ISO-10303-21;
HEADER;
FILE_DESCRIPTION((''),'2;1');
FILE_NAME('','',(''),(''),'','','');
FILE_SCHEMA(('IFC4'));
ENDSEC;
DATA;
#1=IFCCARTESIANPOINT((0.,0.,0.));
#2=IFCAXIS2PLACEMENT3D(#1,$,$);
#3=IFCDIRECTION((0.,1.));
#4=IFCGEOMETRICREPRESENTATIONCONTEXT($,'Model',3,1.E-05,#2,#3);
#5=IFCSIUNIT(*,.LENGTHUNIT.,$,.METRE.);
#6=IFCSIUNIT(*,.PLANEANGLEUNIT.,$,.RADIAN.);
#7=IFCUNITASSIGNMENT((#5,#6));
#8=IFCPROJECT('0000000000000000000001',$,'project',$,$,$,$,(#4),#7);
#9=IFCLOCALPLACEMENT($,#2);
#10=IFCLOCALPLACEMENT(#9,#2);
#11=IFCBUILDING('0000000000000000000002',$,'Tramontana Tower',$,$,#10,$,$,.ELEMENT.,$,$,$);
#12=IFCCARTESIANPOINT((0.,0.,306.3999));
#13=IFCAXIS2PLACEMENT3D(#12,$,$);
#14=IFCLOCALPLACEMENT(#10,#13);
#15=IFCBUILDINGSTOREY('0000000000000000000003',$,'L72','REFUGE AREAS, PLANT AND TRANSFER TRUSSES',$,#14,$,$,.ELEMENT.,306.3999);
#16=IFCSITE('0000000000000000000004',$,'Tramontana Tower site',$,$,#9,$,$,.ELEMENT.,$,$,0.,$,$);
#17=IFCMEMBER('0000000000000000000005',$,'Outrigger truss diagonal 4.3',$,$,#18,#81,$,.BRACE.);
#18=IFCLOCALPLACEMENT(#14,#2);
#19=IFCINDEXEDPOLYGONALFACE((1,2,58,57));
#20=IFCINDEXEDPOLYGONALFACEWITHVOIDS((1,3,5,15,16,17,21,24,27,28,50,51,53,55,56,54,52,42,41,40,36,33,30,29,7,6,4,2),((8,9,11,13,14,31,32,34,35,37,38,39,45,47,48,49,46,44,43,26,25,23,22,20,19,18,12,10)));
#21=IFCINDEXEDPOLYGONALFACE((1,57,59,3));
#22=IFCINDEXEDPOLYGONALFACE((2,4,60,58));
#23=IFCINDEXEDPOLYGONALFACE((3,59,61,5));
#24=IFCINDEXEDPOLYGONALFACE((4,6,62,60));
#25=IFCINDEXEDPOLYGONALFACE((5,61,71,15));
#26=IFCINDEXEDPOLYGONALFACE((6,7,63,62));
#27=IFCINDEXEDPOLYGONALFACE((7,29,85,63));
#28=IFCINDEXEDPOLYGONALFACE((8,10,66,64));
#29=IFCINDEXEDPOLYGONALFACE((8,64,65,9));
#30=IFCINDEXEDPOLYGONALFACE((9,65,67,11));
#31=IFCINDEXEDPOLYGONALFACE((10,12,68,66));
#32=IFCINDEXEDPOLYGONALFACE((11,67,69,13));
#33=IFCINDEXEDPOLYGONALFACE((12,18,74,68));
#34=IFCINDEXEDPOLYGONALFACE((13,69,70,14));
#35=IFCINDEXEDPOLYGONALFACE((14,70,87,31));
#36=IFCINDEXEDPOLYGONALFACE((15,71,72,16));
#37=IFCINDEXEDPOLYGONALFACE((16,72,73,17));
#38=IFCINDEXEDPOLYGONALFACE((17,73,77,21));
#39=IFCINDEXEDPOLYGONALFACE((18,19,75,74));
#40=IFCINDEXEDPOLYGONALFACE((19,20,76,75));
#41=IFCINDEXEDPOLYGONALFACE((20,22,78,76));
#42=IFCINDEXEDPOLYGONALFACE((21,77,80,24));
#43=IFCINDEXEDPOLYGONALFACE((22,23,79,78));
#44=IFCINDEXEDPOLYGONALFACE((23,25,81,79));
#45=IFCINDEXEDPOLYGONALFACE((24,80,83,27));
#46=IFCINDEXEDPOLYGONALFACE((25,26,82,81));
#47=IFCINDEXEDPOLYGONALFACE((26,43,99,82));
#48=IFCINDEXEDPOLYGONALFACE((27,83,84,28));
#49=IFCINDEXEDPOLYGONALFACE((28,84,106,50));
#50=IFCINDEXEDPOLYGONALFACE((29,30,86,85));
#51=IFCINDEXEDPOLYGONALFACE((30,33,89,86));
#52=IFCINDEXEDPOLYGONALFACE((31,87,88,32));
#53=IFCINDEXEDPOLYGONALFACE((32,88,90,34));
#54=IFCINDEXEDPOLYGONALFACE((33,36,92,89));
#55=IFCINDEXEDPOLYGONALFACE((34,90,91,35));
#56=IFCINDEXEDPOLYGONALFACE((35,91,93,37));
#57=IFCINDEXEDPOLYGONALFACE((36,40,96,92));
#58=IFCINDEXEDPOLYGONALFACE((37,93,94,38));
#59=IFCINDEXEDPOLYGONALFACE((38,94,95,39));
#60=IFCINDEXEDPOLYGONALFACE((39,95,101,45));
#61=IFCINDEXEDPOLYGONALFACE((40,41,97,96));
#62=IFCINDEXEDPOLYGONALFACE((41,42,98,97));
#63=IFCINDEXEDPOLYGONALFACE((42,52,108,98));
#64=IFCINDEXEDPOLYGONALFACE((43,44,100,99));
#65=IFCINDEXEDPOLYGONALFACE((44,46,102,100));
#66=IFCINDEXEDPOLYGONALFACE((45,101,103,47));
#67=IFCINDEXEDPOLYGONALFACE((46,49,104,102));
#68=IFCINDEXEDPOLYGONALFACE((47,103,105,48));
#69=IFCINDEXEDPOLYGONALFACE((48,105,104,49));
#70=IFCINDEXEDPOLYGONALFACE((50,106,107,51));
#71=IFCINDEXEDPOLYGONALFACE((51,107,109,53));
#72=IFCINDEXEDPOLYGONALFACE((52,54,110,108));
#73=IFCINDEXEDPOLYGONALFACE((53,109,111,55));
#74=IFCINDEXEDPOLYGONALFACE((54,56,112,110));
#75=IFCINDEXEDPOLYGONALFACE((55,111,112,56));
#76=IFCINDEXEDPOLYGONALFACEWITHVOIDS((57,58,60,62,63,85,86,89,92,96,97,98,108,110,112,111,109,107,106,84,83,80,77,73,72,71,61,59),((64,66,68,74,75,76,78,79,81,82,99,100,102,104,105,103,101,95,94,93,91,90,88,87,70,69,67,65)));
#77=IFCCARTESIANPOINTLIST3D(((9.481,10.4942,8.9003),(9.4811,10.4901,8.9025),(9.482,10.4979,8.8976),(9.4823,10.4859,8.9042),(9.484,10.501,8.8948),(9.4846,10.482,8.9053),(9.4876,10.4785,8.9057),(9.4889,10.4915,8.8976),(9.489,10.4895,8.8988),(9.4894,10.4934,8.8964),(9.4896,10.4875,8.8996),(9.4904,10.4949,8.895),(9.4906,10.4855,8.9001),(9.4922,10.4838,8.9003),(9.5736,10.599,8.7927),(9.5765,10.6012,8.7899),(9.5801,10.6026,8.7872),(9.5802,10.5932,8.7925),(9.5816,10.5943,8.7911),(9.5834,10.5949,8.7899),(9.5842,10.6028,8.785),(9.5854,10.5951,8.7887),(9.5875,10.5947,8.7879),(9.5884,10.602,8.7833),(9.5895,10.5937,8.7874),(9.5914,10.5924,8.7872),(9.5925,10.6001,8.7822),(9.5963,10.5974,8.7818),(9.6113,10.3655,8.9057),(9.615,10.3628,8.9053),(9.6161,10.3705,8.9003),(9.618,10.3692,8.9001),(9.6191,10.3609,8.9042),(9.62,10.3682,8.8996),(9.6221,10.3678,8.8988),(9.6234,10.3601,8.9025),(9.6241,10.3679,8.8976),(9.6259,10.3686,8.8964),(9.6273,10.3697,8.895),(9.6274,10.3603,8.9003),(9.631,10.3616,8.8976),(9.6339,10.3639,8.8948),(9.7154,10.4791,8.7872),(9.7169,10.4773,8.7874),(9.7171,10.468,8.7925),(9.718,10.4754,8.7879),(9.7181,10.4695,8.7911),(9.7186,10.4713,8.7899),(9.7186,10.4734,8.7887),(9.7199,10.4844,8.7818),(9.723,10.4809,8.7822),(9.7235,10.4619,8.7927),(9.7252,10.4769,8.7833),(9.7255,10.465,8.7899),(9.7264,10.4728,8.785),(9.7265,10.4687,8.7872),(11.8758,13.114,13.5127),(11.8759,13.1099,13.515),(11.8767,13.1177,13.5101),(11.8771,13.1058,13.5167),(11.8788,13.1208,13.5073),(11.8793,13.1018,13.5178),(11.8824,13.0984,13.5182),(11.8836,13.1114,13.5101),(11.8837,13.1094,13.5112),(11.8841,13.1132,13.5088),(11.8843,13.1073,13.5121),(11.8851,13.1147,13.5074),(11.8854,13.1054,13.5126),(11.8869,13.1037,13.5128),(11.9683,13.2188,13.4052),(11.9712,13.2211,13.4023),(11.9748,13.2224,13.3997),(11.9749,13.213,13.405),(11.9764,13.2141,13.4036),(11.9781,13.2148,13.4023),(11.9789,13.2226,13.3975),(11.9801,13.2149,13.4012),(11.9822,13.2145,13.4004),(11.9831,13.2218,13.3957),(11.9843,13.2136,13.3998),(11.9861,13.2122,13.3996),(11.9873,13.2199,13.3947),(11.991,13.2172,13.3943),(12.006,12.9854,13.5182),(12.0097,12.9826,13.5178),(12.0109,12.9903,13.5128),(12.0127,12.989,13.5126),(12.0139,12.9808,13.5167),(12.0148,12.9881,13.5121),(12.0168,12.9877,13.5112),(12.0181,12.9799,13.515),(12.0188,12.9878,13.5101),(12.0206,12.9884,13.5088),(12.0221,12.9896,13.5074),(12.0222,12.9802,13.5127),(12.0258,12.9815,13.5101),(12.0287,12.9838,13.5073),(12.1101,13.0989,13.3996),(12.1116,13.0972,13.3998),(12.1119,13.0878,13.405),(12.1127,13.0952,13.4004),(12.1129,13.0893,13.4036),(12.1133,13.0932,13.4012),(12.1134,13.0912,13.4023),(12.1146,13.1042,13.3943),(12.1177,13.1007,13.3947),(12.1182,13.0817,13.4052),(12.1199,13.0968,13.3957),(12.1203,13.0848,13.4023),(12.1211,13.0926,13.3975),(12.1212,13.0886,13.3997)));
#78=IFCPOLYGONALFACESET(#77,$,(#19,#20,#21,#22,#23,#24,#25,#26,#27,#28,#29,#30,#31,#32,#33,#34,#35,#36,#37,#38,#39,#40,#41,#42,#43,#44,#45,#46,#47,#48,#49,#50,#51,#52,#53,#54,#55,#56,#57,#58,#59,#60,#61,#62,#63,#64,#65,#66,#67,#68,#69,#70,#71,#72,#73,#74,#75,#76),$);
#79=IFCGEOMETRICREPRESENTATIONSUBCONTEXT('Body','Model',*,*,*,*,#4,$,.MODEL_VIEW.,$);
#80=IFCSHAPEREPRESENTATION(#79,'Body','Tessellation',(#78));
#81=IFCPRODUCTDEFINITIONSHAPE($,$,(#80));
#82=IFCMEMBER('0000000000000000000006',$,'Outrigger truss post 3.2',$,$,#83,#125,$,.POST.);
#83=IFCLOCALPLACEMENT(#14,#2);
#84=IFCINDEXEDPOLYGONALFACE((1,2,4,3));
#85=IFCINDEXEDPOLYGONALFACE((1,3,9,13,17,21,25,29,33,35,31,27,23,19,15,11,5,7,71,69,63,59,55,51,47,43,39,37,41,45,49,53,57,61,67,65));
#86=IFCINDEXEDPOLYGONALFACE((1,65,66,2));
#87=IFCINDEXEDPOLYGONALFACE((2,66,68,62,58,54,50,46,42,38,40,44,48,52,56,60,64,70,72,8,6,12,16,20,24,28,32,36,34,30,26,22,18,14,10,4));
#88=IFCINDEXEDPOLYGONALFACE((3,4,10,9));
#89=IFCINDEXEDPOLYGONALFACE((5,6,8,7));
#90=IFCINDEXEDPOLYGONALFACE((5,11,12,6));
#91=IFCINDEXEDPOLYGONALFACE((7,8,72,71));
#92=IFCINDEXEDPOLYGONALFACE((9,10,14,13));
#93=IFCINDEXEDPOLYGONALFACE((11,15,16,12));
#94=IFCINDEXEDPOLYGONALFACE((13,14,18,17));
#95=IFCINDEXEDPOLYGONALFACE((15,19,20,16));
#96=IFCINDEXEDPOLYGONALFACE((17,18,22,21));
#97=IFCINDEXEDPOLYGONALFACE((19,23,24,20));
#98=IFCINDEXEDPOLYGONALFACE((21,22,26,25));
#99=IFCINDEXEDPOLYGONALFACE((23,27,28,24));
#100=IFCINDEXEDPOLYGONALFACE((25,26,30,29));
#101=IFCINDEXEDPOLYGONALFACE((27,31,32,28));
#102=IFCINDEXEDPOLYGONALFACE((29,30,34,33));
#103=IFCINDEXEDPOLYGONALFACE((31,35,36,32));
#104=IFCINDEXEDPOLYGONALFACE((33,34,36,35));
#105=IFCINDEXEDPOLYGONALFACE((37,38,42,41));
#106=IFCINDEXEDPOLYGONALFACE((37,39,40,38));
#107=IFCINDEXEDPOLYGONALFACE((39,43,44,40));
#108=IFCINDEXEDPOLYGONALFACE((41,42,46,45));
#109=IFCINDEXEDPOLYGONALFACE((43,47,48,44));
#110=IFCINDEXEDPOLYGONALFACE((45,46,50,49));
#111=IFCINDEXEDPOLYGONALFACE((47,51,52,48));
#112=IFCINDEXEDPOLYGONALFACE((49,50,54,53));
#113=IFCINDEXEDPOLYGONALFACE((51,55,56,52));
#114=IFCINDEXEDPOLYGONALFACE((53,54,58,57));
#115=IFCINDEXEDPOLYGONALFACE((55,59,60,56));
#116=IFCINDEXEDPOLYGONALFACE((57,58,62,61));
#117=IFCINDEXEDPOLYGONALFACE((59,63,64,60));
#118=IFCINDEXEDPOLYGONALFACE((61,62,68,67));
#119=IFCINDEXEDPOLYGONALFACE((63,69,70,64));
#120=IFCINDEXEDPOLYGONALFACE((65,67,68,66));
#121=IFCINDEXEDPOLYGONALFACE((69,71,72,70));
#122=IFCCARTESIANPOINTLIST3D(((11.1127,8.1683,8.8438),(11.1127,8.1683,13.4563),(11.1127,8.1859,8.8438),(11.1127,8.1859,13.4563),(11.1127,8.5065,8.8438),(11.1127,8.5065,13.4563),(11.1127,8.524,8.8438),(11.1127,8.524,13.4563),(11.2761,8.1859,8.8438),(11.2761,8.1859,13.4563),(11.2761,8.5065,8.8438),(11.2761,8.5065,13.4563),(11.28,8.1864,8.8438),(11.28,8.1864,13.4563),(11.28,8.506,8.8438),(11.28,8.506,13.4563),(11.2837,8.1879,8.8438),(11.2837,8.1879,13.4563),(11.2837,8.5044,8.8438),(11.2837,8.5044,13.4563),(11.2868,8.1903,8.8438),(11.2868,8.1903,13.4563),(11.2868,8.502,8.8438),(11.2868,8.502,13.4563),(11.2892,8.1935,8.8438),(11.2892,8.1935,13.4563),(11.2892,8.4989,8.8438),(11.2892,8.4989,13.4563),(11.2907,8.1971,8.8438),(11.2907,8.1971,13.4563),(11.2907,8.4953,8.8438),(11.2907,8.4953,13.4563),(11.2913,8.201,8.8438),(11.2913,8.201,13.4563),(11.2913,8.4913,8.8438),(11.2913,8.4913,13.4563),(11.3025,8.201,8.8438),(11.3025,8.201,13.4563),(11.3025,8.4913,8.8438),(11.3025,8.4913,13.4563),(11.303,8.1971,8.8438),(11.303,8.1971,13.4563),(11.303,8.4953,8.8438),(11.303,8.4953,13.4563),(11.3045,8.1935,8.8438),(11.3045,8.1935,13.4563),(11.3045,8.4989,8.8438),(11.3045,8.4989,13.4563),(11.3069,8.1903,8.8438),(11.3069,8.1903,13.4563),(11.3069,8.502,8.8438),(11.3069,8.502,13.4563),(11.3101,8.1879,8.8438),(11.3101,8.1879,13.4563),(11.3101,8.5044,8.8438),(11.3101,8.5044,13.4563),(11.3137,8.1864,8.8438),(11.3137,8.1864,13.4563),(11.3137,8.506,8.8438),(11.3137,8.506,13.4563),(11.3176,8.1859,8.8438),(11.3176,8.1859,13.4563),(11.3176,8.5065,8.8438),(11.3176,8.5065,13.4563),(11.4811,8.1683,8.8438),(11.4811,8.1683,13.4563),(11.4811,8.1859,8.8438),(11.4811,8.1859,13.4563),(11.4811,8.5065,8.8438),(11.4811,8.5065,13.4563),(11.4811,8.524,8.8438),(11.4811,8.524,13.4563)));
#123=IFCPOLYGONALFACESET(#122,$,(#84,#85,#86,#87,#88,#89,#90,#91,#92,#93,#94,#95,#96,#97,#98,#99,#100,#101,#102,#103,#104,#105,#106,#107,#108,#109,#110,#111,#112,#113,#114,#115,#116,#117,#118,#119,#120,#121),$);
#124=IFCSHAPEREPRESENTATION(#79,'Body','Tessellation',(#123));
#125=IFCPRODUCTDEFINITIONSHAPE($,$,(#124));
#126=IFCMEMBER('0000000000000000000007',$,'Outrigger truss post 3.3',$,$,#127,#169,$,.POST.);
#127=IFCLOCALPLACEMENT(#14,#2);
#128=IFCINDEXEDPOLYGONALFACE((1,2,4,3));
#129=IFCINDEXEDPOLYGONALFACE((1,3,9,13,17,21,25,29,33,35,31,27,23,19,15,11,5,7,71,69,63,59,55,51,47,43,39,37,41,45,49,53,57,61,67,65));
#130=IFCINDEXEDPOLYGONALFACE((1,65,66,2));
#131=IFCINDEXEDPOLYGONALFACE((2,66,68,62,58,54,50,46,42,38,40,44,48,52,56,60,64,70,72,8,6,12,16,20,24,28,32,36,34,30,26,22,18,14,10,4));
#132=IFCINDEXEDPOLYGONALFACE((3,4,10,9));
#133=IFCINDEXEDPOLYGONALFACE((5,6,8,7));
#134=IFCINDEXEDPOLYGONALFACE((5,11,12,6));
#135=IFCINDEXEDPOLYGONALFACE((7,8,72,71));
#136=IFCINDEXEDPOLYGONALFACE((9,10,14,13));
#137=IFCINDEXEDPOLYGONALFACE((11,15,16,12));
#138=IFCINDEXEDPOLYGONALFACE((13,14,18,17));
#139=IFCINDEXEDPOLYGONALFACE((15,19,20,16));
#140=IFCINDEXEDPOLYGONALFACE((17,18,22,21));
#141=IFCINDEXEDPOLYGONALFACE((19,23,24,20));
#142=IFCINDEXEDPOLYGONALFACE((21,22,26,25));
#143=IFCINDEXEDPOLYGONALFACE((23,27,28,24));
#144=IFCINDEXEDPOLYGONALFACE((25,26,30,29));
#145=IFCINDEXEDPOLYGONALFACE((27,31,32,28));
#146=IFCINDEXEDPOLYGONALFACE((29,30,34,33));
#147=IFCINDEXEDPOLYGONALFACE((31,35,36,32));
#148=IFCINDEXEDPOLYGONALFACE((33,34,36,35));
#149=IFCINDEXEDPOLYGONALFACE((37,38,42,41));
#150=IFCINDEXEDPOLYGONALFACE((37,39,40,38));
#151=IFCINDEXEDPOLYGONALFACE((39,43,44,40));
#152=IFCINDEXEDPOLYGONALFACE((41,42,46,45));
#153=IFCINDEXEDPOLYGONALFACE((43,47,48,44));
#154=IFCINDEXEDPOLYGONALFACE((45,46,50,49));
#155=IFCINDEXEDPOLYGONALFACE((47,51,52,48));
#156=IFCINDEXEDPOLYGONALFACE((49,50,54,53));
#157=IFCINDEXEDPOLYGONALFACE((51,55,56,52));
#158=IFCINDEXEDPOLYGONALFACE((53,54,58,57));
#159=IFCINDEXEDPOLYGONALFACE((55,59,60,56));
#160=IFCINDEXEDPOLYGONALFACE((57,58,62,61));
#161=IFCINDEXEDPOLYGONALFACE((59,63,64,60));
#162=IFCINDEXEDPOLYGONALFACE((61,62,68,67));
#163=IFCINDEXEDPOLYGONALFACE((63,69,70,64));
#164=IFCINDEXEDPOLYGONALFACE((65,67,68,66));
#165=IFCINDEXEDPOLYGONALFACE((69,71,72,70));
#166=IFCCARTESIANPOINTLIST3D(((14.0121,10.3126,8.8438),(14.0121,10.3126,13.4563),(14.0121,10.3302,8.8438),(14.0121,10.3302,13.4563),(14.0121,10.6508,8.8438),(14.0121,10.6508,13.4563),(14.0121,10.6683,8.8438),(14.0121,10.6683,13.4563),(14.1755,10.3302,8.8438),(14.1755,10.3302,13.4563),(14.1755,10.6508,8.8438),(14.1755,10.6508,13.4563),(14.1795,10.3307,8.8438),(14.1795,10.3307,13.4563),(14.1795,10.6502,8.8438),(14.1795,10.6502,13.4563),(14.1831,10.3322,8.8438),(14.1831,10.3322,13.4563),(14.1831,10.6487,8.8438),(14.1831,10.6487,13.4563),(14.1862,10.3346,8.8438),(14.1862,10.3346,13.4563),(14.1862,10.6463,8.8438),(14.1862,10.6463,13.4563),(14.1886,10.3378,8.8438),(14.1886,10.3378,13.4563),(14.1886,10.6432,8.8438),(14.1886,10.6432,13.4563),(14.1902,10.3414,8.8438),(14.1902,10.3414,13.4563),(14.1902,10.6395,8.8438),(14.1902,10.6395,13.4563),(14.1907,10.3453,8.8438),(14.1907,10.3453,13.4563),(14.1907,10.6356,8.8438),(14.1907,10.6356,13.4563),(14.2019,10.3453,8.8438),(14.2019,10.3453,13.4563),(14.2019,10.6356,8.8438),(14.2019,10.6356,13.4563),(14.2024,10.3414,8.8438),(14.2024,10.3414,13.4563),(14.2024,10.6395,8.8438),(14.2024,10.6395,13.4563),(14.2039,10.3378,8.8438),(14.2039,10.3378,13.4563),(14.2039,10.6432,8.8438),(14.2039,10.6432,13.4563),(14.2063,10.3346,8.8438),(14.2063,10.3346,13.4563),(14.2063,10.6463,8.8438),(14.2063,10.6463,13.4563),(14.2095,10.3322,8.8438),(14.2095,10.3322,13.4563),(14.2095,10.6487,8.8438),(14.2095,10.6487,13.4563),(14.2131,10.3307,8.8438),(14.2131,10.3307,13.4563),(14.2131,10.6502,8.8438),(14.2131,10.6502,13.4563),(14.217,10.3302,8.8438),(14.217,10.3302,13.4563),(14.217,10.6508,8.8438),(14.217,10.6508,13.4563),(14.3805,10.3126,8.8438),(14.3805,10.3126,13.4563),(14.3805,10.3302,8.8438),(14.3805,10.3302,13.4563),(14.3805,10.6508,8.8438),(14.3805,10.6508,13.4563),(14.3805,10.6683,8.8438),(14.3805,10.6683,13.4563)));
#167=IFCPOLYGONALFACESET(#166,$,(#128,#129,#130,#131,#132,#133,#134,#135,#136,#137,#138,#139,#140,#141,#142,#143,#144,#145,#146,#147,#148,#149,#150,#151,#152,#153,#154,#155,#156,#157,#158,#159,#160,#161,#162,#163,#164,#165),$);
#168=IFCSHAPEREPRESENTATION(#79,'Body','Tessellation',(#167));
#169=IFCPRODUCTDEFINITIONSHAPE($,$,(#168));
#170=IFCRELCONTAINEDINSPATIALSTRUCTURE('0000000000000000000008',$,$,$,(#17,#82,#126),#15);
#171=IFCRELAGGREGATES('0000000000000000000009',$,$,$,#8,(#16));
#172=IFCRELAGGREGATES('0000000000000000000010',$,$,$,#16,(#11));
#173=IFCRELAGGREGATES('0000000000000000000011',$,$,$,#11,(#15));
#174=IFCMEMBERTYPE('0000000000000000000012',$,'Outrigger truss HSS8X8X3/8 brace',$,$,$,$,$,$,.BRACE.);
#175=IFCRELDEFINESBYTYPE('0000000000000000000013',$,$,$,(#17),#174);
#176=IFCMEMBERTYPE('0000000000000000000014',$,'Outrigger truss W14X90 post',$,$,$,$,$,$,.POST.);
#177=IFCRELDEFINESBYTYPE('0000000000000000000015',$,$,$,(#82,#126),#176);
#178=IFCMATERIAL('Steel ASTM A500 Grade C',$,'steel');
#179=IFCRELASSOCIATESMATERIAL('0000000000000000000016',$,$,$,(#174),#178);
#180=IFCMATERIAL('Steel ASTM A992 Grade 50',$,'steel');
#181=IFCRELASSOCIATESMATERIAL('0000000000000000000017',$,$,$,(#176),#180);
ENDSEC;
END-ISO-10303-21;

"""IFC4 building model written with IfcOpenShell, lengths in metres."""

from ifc_helpers import new_model, si_unit, direction, frame, origin, origin_2d, place, context, subcontext, project, spatial, hollow_rectangle, i_section, extrude, material, material_profile, profile_set, type_object, element, save


model = new_model("IFC4")

# Units and contexts
model_context = context("Model", 3, precision=1e-05, world=origin(), true_north=direction((0.0, 1.0)))
body_context = subcontext(model_context, "Body", "Model", "MODEL_VIEW")
ifc_project = project(units=[si_unit("LENGTHUNIT", "METRE"), si_unit("PLANEANGLEUNIT", "RADIAN")], contexts=[model_context])

# Site, building, storey
site_placement = place(None, origin())
site = spatial("IfcSite", under=ifc_project, at=site_placement, Name="Tramontana Tower site", CompositionType="ELEMENT", RefElevation=0.0)
building_placement = place(site_placement, origin())
building = spatial("IfcBuilding", under=site, at=building_placement, Name="Tramontana Tower", CompositionType="ELEMENT")
storey_placement = place(building_placement, frame((0.0, 0.0, 306.3999)))
storey = spatial("IfcBuildingStorey", under=building, at=storey_placement, Name="L72", Description="REFUGE AREAS, PLANT AND TRANSFER TRUSSES", CompositionType="ELEMENT", Elevation=306.3999)

# Members
ifc_material_1 = material(Name="Steel ASTM A500 Grade C", Category="steel")
ifc_material_profile_1 = material_profile(ifc_material_1, hollow_rectangle(XDim=0.2031, YDim=0.2031, WallThickness=0.0088, InnerFilletRadius=0.0088, OuterFilletRadius=0.0178, at=origin_2d()), Name="HSS8X8X3/8")
ifc_profile_set_1 = profile_set([ifc_material_profile_1], Name="Steel ASTM A500 Grade C")
member_type_1 = type_object("IfcMemberType", Name="Outrigger truss HSS8X8X3/8 brace", PredefinedType="BRACE", material=ifc_profile_set_1)
member_1_placement = place(storey_placement, frame((9.6038, 10.4814, 8.8438), z_axis=(0.411462, 0.450137, 0.792512), x_axis=(-0.738104, 0.674687, 0.0)))
element("IfcMember", 1, at=member_1_placement, inside=storey, type_object=member_type_1, Name="Outrigger truss diagonal 4.3", PredefinedType="BRACE", context=body_context, shape_type="SweptSolid", body=[
    extrude(hollow_rectangle(XDim=0.2031, YDim=0.2031, WallThickness=0.0088, InnerFilletRadius=0.0088, OuterFilletRadius=0.0178, at=origin_2d()), origin(), (0.0, 0.0, 1.0), 5.8201),
])
ifc_material_2 = material(Name="Steel ASTM A992 Grade 50", Category="steel")
ifc_material_profile_2 = material_profile(ifc_material_2, i_section(OverallWidth=0.3684, OverallDepth=0.3557, WebThickness=0.0112, FlangeThickness=0.0176, FilletRadius=0.0151, at=origin_2d()), Name="W14X90")
ifc_profile_set_2 = profile_set([ifc_material_profile_2], Name="Steel ASTM A992 Grade 50")
member_type_2 = type_object("IfcMemberType", Name="Outrigger truss W14X90 post", PredefinedType="POST", material=ifc_profile_set_2)
for number, where, z_axis, x_axis, name in (
    (2, (11.2969, 8.3462, 8.8438), (0.0, 0.0, 1.0), (1.0, 0.0, 0.0), "Outrigger truss post 3.2"),
    (3, (14.1963, 10.4905, 8.8438), (0.0, 0.0, 1.0), (1.0, 0.0, 0.0), "Outrigger truss post 3.3"),
):
    element("IfcMember", number, at=place(storey_placement, frame(where, z_axis=z_axis, x_axis=x_axis)), inside=storey, type_object=member_type_2, Name=name, PredefinedType="POST", context=body_context, shape_type="SweptSolid", body=[
        extrude(i_section(OverallWidth=0.3684, OverallDepth=0.3557, WebThickness=0.0112, FlangeThickness=0.0176, FilletRadius=0.0151, at=origin_2d()), origin(), (0.0, 0.0, 1.0), 4.6125),
    ])

save(model, "model.ifc")
